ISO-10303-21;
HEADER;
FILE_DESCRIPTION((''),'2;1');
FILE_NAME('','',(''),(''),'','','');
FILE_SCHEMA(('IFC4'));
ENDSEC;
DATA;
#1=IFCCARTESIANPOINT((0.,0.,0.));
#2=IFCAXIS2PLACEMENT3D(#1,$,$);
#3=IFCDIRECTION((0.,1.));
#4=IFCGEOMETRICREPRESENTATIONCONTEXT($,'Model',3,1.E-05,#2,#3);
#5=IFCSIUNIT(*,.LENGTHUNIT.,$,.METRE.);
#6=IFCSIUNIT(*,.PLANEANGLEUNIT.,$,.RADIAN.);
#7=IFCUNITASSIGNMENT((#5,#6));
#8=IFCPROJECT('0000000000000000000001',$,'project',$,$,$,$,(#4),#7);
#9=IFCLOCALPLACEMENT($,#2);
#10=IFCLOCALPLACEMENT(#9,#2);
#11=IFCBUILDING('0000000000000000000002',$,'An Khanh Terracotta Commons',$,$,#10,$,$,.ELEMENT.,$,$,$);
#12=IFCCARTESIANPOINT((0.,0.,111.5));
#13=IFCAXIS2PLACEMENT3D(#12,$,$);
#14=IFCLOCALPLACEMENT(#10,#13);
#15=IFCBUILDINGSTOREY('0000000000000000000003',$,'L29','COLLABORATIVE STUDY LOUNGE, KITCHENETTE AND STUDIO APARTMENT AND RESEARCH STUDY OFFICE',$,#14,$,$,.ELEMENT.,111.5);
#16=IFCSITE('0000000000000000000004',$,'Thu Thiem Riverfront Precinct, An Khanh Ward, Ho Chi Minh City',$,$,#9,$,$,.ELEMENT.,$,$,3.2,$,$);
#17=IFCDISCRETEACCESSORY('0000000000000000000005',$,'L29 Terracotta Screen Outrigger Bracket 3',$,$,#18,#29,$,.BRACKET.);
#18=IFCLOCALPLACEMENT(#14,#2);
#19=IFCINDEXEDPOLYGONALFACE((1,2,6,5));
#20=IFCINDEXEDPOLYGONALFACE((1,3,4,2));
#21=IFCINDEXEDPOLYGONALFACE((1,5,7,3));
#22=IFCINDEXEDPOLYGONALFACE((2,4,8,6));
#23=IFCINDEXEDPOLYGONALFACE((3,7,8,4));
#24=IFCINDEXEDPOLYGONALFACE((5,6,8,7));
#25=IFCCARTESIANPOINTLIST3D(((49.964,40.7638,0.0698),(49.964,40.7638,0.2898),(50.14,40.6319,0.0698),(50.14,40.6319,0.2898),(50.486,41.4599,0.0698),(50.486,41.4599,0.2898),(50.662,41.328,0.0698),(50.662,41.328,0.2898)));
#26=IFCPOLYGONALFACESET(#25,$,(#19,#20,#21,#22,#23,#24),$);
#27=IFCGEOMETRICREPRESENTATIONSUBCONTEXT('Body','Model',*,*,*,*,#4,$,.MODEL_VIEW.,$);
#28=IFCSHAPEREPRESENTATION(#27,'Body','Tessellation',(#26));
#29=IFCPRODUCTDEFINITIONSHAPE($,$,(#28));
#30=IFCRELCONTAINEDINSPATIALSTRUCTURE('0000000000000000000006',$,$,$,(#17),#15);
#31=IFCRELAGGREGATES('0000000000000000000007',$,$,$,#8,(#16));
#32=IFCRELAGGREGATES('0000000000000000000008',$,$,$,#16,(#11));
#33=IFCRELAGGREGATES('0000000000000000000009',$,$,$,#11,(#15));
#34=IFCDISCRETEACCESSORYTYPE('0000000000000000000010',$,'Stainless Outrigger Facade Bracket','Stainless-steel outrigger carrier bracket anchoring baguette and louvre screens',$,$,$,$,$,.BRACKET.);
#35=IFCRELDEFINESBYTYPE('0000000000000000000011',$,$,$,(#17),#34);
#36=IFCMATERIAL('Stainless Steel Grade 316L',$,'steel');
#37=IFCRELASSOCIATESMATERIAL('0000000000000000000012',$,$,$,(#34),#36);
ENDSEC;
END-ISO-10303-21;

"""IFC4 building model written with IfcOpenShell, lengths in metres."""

from ifc_helpers import new_model, si_unit, direction, frame, origin, origin_2d, place, context, subcontext, project, spatial, rectangle, extrude, material, type_object, element, save


model = new_model("IFC4")

# Units and contexts
model_context = context("Model", 3, precision=1e-05, world=origin(), true_north=direction((0.0, 1.0)))
body_context = subcontext(model_context, "Body", "Model", "MODEL_VIEW")
ifc_project = project(units=[si_unit("LENGTHUNIT", "METRE"), si_unit("PLANEANGLEUNIT", "RADIAN")], contexts=[model_context])

# Site, building, storey
site_placement = place(None, origin())
site = spatial("IfcSite", under=ifc_project, at=site_placement, Name="Thu Thiem Riverfront Precinct, An Khanh Ward, Ho Chi Minh City", CompositionType="ELEMENT", RefElevation=3.2)
building_placement = place(site_placement, origin())
building = spatial("IfcBuilding", under=site, at=building_placement, Name="An Khanh Terracotta Commons", CompositionType="ELEMENT")
storey_placement = place(building_placement, frame((0.0, 0.0, 111.5)))
storey = spatial("IfcBuildingStorey", under=building, at=storey_placement, Name="L29", Description="COLLABORATIVE STUDY LOUNGE, KITCHENETTE AND STUDIO APARTMENT AND RESEARCH STUDY OFFICE", CompositionType="ELEMENT", Elevation=111.5)

# Discrete accessory
ifc_material_1 = material(Name="Stainless Steel Grade 316L", Category="steel")
discrete_accessory_type = type_object("IfcDiscreteAccessoryType", Name="Stainless Outrigger Facade Bracket", Description="Stainless-steel outrigger carrier bracket anchoring baguette and louvre screens", PredefinedType="BRACKET", material=ifc_material_1)
for number, where, z_axis, x_axis, name in (
    (1, (50.313, 41.0459, 0.0698), (0.0, 0.0, 1.0), (-0.800013, 0.599983, 0.0), "L29 Terracotta Screen Outrigger Bracket 3"),
):
    element("IfcDiscreteAccessory", number, at=place(storey_placement, frame(where, z_axis=z_axis, x_axis=x_axis)), inside=storey, type_object=discrete_accessory_type, Name=name, PredefinedType="BRACKET", context=body_context, shape_type="SweptSolid", body=[
        extrude(rectangle(XDim=0.22, YDim=0.8701, at=origin_2d()), origin(), (0.0, 0.0, 1.0), 0.22),
    ])

save(model, "model.ifc")
